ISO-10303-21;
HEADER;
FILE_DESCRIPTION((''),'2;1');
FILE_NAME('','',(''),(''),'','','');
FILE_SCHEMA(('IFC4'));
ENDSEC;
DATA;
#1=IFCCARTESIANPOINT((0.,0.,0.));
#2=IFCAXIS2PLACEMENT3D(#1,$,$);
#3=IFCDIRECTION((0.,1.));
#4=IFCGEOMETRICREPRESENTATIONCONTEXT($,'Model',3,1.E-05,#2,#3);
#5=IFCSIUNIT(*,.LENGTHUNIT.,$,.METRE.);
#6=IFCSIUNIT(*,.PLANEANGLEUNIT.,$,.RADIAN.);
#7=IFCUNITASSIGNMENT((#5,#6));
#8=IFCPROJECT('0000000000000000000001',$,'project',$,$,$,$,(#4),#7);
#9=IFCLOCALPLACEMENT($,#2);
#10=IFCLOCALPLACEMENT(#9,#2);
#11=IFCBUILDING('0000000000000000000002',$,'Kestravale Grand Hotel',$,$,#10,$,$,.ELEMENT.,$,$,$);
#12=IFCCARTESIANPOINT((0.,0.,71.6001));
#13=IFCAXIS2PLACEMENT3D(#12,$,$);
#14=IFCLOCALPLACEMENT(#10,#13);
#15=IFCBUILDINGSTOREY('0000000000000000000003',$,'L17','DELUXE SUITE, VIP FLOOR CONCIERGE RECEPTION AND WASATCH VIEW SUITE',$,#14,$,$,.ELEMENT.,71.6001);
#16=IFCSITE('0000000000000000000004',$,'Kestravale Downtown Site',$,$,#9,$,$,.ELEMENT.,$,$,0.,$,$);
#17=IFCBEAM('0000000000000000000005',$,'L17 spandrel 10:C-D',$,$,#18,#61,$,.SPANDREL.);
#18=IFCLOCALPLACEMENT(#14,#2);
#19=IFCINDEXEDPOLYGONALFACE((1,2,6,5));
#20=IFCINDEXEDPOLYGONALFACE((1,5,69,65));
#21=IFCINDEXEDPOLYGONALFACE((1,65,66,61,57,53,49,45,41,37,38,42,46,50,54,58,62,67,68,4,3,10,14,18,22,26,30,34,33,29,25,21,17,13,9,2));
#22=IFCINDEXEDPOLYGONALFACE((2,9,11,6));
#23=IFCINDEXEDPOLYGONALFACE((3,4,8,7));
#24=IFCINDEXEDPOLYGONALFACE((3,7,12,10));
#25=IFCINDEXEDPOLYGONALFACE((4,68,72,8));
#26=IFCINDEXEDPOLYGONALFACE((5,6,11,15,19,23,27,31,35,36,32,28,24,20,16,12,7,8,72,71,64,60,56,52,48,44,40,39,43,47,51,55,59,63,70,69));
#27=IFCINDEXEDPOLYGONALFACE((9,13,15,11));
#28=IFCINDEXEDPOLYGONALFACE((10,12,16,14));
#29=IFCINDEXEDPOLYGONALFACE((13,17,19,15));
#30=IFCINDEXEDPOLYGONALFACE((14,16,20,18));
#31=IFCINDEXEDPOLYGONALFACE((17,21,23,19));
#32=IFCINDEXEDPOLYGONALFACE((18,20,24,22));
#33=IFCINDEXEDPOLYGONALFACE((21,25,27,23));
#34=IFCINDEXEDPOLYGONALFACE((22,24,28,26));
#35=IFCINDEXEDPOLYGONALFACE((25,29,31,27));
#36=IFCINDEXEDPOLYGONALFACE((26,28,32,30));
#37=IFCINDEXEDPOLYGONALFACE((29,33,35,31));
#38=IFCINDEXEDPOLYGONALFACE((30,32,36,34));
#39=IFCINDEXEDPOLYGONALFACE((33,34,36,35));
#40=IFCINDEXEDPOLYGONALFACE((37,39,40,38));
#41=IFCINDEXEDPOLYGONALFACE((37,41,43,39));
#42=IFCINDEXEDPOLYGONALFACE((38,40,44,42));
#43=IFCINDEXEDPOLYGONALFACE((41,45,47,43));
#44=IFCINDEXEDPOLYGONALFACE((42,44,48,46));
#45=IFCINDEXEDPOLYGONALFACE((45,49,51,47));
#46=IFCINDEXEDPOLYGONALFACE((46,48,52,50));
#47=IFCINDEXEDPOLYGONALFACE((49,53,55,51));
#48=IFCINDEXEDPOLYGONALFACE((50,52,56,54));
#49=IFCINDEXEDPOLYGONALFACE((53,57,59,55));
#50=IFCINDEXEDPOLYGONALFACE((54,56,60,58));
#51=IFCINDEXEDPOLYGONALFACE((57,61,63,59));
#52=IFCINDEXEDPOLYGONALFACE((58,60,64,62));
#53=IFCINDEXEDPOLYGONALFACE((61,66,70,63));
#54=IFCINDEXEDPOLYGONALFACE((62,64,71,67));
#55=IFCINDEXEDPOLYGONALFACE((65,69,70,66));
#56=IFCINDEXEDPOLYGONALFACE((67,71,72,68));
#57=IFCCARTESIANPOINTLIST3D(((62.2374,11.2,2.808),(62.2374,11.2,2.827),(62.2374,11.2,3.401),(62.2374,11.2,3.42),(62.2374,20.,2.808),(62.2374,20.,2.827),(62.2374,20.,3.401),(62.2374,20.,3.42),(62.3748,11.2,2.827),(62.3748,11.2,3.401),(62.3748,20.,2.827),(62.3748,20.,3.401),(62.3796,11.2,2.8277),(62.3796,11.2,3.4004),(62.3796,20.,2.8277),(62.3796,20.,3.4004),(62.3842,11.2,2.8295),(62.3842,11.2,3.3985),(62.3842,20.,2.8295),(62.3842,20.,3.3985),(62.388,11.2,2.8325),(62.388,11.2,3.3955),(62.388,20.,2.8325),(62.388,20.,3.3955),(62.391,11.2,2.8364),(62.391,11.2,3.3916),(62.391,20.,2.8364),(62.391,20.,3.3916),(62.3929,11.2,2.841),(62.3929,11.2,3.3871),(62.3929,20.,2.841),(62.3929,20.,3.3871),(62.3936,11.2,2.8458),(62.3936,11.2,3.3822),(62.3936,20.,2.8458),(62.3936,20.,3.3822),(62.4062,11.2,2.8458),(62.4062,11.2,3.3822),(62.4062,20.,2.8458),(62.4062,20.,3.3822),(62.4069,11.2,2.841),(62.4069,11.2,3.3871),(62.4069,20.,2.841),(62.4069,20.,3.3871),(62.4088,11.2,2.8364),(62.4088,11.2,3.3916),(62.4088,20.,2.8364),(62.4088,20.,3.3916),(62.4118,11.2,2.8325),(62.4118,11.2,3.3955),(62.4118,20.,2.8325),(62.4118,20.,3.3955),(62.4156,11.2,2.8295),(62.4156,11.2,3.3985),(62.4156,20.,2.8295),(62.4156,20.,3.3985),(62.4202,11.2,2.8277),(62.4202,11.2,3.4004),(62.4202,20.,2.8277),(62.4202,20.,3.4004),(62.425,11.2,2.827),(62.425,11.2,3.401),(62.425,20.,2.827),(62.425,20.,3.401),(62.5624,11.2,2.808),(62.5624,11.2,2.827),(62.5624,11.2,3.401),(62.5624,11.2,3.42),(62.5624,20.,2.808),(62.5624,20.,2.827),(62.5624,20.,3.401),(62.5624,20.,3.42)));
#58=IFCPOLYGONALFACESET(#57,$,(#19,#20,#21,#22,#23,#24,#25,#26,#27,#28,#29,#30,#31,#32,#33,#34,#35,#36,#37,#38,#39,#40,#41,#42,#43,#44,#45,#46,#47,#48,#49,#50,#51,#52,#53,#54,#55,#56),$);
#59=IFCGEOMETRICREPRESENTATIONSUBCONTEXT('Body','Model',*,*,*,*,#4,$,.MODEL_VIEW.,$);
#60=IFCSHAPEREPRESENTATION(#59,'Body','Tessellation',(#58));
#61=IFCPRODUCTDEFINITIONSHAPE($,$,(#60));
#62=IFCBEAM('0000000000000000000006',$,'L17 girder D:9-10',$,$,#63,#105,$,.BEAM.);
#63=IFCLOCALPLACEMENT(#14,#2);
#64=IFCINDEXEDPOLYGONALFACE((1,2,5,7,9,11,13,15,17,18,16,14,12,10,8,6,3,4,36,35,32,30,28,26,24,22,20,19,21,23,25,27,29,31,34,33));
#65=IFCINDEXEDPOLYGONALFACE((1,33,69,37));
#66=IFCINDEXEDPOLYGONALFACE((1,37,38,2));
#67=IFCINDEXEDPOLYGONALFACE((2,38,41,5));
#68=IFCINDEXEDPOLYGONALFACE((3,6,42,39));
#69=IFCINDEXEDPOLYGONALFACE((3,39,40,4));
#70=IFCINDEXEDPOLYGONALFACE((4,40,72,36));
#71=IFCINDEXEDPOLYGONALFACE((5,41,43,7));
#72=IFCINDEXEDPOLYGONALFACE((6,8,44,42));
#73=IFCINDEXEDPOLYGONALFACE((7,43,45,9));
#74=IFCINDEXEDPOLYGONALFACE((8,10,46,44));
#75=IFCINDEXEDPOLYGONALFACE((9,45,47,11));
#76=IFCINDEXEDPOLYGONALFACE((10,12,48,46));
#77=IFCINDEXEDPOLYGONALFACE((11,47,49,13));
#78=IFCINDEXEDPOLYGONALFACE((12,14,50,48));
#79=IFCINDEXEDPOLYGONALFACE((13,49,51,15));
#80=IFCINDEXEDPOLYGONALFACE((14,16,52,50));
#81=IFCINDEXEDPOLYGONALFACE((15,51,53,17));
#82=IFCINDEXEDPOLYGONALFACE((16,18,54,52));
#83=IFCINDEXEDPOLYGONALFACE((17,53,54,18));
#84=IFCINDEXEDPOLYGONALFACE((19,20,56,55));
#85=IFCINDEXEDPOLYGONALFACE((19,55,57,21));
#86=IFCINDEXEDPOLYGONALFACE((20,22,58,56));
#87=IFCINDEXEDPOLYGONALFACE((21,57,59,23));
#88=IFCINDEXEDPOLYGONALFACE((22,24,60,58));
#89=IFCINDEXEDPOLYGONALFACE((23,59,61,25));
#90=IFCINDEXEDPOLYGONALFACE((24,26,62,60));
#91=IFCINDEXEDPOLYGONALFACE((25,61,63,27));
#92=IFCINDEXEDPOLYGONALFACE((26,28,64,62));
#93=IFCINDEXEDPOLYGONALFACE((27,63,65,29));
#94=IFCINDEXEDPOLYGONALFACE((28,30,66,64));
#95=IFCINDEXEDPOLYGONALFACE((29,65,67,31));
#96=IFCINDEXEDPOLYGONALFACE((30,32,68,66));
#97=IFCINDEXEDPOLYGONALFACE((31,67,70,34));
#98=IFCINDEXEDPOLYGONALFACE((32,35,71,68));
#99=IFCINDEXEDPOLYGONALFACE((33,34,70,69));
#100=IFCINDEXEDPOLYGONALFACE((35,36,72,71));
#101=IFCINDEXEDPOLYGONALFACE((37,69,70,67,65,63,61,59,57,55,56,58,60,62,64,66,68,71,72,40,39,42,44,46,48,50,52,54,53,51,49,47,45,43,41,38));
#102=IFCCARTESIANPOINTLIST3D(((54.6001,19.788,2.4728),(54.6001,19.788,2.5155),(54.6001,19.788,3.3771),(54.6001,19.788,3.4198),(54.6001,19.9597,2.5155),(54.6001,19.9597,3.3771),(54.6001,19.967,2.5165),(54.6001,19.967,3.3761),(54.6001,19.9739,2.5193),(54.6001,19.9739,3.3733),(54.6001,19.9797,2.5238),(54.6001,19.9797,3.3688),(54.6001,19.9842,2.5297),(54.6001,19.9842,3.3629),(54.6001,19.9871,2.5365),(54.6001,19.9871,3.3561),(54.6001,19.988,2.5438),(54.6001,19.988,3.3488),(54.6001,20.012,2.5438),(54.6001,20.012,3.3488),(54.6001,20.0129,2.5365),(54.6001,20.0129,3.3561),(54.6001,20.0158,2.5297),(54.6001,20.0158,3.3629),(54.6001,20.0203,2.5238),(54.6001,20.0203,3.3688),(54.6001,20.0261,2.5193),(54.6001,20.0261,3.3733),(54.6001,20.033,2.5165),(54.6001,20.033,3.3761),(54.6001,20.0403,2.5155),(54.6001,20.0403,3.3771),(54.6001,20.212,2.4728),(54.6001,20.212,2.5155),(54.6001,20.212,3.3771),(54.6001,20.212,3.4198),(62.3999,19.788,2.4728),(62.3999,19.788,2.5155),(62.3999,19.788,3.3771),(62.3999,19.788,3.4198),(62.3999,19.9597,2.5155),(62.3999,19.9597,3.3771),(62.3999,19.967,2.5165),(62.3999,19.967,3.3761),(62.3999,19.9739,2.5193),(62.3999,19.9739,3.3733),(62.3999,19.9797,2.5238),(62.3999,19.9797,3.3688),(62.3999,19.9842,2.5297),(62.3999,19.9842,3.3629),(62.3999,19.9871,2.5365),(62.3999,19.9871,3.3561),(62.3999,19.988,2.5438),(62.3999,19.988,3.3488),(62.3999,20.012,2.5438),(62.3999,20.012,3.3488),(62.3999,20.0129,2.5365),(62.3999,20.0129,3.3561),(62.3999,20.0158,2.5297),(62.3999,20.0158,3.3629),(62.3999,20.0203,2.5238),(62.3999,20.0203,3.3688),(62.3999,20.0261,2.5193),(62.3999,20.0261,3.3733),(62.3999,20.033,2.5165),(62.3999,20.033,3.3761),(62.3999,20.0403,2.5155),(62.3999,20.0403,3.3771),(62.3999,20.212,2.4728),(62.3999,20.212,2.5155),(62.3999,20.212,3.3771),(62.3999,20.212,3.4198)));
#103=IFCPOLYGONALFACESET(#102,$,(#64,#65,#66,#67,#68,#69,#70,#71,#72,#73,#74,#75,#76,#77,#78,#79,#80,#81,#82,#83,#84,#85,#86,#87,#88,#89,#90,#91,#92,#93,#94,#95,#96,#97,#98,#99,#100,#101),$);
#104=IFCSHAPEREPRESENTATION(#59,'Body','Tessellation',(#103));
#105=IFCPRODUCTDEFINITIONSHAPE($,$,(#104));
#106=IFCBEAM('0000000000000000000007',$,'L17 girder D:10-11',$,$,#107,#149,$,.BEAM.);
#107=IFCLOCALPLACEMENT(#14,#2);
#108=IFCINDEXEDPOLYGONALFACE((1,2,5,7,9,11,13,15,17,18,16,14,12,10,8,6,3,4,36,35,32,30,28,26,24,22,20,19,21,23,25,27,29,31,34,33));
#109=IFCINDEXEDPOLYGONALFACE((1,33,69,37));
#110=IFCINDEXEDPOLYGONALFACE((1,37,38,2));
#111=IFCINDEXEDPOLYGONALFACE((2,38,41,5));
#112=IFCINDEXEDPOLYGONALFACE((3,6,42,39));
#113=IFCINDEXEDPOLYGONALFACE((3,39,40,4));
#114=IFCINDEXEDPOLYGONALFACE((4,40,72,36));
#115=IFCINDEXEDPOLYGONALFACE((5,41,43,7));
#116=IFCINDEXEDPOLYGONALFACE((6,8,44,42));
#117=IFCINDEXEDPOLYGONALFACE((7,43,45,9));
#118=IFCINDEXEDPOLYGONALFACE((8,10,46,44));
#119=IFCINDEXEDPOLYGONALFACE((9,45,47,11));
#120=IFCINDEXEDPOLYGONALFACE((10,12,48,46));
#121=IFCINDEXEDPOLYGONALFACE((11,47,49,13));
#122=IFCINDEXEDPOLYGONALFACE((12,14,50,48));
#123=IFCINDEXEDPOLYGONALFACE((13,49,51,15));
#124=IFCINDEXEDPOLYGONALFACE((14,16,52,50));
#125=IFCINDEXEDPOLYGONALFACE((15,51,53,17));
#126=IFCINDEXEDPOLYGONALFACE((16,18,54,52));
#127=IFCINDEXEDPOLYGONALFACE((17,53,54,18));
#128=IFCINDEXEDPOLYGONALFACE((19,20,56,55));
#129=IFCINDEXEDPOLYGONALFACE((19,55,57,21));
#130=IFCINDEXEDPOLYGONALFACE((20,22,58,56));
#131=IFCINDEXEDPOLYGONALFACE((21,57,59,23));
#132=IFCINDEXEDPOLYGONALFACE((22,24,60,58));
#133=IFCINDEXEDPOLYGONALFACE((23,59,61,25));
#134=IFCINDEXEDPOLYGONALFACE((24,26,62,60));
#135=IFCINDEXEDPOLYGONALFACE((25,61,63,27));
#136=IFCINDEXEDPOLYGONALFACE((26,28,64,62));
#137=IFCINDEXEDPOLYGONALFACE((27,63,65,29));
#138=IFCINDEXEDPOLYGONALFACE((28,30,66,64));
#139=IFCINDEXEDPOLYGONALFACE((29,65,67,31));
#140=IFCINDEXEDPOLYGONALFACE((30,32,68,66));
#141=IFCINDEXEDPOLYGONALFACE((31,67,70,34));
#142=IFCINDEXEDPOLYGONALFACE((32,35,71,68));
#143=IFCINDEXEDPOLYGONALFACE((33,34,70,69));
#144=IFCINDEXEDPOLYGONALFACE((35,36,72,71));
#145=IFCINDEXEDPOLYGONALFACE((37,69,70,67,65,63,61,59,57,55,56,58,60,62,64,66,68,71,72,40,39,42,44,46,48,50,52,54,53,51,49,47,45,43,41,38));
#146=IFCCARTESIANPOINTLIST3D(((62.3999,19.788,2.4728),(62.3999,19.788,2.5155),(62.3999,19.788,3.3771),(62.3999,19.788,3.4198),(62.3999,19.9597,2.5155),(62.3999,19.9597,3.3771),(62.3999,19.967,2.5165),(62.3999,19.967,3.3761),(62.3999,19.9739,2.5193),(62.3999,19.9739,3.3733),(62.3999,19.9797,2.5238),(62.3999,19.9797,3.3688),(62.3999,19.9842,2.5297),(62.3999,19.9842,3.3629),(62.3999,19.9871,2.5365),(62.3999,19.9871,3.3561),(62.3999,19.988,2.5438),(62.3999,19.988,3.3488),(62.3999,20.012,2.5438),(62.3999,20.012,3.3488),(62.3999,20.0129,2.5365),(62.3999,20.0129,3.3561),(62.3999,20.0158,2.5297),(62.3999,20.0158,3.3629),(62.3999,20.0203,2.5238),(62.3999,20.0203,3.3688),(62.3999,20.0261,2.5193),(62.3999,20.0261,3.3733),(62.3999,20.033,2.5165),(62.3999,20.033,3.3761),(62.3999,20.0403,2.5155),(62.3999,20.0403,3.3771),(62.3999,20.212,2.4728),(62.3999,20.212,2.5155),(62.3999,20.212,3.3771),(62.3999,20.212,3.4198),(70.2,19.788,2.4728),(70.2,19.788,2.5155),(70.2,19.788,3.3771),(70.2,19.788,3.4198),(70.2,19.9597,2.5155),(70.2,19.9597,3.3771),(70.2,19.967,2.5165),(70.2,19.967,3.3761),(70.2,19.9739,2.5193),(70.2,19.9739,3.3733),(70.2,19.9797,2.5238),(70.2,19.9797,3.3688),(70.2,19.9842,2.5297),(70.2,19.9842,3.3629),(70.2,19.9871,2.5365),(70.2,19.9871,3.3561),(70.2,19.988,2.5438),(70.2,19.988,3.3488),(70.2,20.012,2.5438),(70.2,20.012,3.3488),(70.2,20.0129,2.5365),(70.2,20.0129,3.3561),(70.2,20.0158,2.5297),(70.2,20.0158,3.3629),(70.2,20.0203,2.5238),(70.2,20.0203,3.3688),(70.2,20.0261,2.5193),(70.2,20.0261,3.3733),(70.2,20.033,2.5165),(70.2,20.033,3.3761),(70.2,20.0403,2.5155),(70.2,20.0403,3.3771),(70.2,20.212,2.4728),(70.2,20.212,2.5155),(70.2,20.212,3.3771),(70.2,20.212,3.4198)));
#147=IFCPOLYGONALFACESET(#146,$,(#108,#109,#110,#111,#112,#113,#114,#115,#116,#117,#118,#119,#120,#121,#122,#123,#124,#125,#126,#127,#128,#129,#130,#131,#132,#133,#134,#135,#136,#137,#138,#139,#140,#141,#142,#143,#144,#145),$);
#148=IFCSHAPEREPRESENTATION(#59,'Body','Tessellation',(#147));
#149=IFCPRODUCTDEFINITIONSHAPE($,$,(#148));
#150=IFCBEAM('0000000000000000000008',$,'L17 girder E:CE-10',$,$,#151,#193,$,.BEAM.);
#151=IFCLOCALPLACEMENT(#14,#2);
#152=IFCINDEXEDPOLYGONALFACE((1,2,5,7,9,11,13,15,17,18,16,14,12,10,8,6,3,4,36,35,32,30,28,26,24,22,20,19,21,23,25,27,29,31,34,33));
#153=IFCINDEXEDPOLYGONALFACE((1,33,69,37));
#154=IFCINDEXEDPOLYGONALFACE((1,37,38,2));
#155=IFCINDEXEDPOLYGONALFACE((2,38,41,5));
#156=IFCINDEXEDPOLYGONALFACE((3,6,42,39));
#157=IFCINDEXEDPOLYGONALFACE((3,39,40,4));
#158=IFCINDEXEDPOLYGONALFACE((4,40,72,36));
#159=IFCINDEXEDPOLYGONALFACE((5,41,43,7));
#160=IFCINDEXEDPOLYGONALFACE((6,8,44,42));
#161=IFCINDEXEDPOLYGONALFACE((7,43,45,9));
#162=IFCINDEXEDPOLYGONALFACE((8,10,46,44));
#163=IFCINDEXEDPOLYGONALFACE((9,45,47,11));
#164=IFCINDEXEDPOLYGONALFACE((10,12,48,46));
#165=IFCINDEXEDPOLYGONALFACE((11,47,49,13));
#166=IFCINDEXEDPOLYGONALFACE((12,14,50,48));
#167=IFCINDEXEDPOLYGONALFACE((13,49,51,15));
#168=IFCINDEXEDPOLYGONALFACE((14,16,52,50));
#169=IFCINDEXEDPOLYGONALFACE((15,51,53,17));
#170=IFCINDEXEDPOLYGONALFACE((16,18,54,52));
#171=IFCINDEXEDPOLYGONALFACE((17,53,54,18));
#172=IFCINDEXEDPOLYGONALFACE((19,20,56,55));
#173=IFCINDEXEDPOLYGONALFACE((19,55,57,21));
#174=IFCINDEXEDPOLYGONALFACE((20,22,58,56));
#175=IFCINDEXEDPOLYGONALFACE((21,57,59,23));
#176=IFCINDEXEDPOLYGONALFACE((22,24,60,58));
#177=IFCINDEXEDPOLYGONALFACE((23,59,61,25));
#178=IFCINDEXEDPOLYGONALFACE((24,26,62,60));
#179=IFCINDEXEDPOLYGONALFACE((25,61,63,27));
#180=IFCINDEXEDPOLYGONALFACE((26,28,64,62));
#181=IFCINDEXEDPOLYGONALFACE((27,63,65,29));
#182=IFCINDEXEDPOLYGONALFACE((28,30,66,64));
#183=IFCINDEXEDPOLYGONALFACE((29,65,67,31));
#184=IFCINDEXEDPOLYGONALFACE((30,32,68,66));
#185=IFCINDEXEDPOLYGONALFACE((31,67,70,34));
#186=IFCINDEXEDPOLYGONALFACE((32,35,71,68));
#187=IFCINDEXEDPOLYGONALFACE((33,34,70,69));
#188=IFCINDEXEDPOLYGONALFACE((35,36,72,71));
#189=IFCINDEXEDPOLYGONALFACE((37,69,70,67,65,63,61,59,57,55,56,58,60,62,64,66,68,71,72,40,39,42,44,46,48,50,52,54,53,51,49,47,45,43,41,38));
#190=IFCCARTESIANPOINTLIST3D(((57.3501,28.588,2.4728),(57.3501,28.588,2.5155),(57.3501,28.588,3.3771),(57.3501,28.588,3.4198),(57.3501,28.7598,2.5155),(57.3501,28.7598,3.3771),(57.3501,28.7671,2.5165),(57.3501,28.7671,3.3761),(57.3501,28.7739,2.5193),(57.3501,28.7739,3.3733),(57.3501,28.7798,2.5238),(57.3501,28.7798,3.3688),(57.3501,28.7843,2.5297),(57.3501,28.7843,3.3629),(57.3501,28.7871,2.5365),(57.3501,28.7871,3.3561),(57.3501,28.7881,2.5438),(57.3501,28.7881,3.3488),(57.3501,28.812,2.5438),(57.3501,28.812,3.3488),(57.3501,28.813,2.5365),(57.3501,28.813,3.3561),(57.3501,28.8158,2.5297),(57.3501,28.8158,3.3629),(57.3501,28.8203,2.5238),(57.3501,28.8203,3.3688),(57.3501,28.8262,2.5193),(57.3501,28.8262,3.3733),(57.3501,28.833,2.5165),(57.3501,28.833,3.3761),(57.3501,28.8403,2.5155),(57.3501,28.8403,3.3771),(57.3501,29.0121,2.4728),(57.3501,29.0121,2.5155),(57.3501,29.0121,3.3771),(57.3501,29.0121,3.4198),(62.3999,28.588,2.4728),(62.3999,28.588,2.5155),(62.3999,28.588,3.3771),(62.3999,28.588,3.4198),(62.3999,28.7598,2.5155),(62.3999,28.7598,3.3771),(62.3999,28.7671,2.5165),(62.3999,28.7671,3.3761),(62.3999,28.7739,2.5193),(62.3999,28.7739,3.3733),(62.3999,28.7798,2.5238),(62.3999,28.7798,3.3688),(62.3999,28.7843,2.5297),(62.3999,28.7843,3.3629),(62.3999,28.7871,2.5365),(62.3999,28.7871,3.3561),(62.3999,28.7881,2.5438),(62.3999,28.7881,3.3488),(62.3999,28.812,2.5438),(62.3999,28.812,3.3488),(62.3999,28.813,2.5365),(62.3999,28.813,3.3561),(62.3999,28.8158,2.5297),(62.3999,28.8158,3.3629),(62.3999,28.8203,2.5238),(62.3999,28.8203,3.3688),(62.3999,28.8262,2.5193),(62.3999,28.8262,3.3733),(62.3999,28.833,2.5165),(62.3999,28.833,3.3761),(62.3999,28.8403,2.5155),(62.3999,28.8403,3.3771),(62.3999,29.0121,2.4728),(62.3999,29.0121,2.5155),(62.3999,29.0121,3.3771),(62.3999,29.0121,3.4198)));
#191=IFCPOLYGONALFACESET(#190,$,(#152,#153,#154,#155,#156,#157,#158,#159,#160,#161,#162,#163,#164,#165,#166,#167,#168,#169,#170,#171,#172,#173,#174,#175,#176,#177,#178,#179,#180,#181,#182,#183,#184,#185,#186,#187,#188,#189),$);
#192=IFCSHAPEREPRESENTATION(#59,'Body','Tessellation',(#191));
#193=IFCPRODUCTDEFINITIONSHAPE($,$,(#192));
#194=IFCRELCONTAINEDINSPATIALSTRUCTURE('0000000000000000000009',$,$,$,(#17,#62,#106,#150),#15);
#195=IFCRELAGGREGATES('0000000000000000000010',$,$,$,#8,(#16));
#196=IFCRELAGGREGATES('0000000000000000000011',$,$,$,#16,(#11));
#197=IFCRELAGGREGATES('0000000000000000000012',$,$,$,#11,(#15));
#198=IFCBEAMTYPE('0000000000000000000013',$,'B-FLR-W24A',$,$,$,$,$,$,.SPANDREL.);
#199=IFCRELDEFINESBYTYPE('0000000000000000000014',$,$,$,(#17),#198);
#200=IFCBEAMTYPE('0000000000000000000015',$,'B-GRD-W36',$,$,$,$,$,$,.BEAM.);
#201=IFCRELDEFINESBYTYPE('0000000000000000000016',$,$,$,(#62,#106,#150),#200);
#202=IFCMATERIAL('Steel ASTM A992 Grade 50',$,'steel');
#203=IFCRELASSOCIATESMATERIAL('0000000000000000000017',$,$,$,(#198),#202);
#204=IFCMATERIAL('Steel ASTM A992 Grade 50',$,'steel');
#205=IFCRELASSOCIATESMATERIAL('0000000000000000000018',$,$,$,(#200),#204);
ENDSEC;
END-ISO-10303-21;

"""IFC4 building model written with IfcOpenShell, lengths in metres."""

from ifc_helpers import new_model, si_unit, direction, frame, origin, origin_2d, place, context, subcontext, project, spatial, i_section, extrude, material, material_profile, profile_set, type_object, element, save


model = new_model("IFC4")

# Units and contexts
model_context = context("Model", 3, precision=1e-05, world=origin(), true_north=direction((0.0, 1.0)))
body_context = subcontext(model_context, "Body", "Model", "MODEL_VIEW")
ifc_project = project(units=[si_unit("LENGTHUNIT", "METRE"), si_unit("PLANEANGLEUNIT", "RADIAN")], contexts=[model_context])

# Site, building, storey
site_placement = place(None, origin())
site = spatial("IfcSite", under=ifc_project, at=site_placement, Name="Kestravale Downtown Site", CompositionType="ELEMENT", RefElevation=0.0)
building_placement = place(site_placement, origin())
building = spatial("IfcBuilding", under=site, at=building_placement, Name="Kestravale Grand Hotel", CompositionType="ELEMENT")
storey_placement = place(building_placement, frame((0.0, 0.0, 71.6001)))
storey = spatial("IfcBuildingStorey", under=building, at=storey_placement, Name="L17", Description="DELUXE SUITE, VIP FLOOR CONCIERGE RECEPTION AND WASATCH VIEW SUITE", CompositionType="ELEMENT", Elevation=71.6001)

# Beams
ifc_material_1 = material(Name="Steel ASTM A992 Grade 50", Category="steel")
ifc_material_profile_1 = material_profile(ifc_material_1, i_section(OverallWidth=0.325, OverallDepth=0.6121, WebThickness=0.0127, FlangeThickness=0.019, FilletRadius=0.0188, at=origin_2d()))
ifc_profile_set_1 = profile_set([ifc_material_profile_1], Name="Steel ASTM A992 Grade 50")
beam_type_1 = type_object("IfcBeamType", Name="B-FLR-W24A", PredefinedType="SPANDREL", material=ifc_profile_set_1)
beam_1_placement = place(storey_placement, frame((62.3999, 11.2, 3.114), z_axis=(0.0, 1.0, 0.0), x_axis=(-1.0, 0.0, 0.0)))
element("IfcBeam", 1, at=beam_1_placement, inside=storey, type_object=beam_type_1, Name="L17 spandrel 10:C-D", PredefinedType="SPANDREL", context=body_context, shape_type="SweptSolid", body=[
    extrude(i_section(OverallWidth=0.325, OverallDepth=0.6121, WebThickness=0.0127, FlangeThickness=0.019, FilletRadius=0.0188, at=origin_2d()), origin(), (0.0, 0.0, 1.0), 8.8),
])
ifc_material_2 = material(Name="Steel ASTM A992 Grade 50", Category="steel")
ifc_material_profile_2 = material_profile(ifc_material_2, i_section(OverallWidth=0.4241, OverallDepth=0.947, WebThickness=0.0239, FlangeThickness=0.0427, FilletRadius=0.0283, at=origin_2d()))
ifc_profile_set_2 = profile_set([ifc_material_profile_2], Name="Steel ASTM A992 Grade 50")
beam_type_2 = type_object("IfcBeamType", Name="B-GRD-W36", PredefinedType="BEAM", material=ifc_profile_set_2)
beam_2_placement = place(storey_placement, frame((54.6001, 20.0, 2.9463), z_axis=(1.0, 0.0, 0.0), x_axis=(0.0, 1.0, 0.0)))
element("IfcBeam", 2, at=beam_2_placement, inside=storey, type_object=beam_type_2, Name="L17 girder D:9-10", PredefinedType="BEAM", context=body_context, shape_type="SweptSolid", body=[
    extrude(i_section(OverallWidth=0.4241, OverallDepth=0.947, WebThickness=0.0239, FlangeThickness=0.0427, FilletRadius=0.0283, at=origin_2d()), origin(), (0.0, 0.0, 1.0), 7.7998),
])
beam_3_placement = place(storey_placement, frame((62.3999, 20.0, 2.9463), z_axis=(1.0, 0.0, 0.0), x_axis=(0.0, 1.0, 0.0)))
element("IfcBeam", 3, at=beam_3_placement, inside=storey, type_object=beam_type_2, Name="L17 girder D:10-11", PredefinedType="BEAM", context=body_context, shape_type="SweptSolid", body=[
    extrude(i_section(OverallWidth=0.4241, OverallDepth=0.947, WebThickness=0.0239, FlangeThickness=0.0427, FilletRadius=0.0283, at=origin_2d()), origin(), (0.0, 0.0, 1.0), 7.8),
])
beam_4_placement = place(storey_placement, frame((57.3501, 28.8, 2.9463), z_axis=(1.0, 0.0, 0.0), x_axis=(0.0, 1.0, 0.0)))
element("IfcBeam", 4, at=beam_4_placement, inside=storey, type_object=beam_type_2, Name="L17 girder E:CE-10", PredefinedType="BEAM", context=body_context, shape_type="SweptSolid", body=[
    extrude(i_section(OverallWidth=0.4241, OverallDepth=0.947, WebThickness=0.0239, FlangeThickness=0.0427, FilletRadius=0.0283, at=origin_2d()), origin(), (0.0, 0.0, 1.0), 5.0498),
])

save(model, "model.ifc")
